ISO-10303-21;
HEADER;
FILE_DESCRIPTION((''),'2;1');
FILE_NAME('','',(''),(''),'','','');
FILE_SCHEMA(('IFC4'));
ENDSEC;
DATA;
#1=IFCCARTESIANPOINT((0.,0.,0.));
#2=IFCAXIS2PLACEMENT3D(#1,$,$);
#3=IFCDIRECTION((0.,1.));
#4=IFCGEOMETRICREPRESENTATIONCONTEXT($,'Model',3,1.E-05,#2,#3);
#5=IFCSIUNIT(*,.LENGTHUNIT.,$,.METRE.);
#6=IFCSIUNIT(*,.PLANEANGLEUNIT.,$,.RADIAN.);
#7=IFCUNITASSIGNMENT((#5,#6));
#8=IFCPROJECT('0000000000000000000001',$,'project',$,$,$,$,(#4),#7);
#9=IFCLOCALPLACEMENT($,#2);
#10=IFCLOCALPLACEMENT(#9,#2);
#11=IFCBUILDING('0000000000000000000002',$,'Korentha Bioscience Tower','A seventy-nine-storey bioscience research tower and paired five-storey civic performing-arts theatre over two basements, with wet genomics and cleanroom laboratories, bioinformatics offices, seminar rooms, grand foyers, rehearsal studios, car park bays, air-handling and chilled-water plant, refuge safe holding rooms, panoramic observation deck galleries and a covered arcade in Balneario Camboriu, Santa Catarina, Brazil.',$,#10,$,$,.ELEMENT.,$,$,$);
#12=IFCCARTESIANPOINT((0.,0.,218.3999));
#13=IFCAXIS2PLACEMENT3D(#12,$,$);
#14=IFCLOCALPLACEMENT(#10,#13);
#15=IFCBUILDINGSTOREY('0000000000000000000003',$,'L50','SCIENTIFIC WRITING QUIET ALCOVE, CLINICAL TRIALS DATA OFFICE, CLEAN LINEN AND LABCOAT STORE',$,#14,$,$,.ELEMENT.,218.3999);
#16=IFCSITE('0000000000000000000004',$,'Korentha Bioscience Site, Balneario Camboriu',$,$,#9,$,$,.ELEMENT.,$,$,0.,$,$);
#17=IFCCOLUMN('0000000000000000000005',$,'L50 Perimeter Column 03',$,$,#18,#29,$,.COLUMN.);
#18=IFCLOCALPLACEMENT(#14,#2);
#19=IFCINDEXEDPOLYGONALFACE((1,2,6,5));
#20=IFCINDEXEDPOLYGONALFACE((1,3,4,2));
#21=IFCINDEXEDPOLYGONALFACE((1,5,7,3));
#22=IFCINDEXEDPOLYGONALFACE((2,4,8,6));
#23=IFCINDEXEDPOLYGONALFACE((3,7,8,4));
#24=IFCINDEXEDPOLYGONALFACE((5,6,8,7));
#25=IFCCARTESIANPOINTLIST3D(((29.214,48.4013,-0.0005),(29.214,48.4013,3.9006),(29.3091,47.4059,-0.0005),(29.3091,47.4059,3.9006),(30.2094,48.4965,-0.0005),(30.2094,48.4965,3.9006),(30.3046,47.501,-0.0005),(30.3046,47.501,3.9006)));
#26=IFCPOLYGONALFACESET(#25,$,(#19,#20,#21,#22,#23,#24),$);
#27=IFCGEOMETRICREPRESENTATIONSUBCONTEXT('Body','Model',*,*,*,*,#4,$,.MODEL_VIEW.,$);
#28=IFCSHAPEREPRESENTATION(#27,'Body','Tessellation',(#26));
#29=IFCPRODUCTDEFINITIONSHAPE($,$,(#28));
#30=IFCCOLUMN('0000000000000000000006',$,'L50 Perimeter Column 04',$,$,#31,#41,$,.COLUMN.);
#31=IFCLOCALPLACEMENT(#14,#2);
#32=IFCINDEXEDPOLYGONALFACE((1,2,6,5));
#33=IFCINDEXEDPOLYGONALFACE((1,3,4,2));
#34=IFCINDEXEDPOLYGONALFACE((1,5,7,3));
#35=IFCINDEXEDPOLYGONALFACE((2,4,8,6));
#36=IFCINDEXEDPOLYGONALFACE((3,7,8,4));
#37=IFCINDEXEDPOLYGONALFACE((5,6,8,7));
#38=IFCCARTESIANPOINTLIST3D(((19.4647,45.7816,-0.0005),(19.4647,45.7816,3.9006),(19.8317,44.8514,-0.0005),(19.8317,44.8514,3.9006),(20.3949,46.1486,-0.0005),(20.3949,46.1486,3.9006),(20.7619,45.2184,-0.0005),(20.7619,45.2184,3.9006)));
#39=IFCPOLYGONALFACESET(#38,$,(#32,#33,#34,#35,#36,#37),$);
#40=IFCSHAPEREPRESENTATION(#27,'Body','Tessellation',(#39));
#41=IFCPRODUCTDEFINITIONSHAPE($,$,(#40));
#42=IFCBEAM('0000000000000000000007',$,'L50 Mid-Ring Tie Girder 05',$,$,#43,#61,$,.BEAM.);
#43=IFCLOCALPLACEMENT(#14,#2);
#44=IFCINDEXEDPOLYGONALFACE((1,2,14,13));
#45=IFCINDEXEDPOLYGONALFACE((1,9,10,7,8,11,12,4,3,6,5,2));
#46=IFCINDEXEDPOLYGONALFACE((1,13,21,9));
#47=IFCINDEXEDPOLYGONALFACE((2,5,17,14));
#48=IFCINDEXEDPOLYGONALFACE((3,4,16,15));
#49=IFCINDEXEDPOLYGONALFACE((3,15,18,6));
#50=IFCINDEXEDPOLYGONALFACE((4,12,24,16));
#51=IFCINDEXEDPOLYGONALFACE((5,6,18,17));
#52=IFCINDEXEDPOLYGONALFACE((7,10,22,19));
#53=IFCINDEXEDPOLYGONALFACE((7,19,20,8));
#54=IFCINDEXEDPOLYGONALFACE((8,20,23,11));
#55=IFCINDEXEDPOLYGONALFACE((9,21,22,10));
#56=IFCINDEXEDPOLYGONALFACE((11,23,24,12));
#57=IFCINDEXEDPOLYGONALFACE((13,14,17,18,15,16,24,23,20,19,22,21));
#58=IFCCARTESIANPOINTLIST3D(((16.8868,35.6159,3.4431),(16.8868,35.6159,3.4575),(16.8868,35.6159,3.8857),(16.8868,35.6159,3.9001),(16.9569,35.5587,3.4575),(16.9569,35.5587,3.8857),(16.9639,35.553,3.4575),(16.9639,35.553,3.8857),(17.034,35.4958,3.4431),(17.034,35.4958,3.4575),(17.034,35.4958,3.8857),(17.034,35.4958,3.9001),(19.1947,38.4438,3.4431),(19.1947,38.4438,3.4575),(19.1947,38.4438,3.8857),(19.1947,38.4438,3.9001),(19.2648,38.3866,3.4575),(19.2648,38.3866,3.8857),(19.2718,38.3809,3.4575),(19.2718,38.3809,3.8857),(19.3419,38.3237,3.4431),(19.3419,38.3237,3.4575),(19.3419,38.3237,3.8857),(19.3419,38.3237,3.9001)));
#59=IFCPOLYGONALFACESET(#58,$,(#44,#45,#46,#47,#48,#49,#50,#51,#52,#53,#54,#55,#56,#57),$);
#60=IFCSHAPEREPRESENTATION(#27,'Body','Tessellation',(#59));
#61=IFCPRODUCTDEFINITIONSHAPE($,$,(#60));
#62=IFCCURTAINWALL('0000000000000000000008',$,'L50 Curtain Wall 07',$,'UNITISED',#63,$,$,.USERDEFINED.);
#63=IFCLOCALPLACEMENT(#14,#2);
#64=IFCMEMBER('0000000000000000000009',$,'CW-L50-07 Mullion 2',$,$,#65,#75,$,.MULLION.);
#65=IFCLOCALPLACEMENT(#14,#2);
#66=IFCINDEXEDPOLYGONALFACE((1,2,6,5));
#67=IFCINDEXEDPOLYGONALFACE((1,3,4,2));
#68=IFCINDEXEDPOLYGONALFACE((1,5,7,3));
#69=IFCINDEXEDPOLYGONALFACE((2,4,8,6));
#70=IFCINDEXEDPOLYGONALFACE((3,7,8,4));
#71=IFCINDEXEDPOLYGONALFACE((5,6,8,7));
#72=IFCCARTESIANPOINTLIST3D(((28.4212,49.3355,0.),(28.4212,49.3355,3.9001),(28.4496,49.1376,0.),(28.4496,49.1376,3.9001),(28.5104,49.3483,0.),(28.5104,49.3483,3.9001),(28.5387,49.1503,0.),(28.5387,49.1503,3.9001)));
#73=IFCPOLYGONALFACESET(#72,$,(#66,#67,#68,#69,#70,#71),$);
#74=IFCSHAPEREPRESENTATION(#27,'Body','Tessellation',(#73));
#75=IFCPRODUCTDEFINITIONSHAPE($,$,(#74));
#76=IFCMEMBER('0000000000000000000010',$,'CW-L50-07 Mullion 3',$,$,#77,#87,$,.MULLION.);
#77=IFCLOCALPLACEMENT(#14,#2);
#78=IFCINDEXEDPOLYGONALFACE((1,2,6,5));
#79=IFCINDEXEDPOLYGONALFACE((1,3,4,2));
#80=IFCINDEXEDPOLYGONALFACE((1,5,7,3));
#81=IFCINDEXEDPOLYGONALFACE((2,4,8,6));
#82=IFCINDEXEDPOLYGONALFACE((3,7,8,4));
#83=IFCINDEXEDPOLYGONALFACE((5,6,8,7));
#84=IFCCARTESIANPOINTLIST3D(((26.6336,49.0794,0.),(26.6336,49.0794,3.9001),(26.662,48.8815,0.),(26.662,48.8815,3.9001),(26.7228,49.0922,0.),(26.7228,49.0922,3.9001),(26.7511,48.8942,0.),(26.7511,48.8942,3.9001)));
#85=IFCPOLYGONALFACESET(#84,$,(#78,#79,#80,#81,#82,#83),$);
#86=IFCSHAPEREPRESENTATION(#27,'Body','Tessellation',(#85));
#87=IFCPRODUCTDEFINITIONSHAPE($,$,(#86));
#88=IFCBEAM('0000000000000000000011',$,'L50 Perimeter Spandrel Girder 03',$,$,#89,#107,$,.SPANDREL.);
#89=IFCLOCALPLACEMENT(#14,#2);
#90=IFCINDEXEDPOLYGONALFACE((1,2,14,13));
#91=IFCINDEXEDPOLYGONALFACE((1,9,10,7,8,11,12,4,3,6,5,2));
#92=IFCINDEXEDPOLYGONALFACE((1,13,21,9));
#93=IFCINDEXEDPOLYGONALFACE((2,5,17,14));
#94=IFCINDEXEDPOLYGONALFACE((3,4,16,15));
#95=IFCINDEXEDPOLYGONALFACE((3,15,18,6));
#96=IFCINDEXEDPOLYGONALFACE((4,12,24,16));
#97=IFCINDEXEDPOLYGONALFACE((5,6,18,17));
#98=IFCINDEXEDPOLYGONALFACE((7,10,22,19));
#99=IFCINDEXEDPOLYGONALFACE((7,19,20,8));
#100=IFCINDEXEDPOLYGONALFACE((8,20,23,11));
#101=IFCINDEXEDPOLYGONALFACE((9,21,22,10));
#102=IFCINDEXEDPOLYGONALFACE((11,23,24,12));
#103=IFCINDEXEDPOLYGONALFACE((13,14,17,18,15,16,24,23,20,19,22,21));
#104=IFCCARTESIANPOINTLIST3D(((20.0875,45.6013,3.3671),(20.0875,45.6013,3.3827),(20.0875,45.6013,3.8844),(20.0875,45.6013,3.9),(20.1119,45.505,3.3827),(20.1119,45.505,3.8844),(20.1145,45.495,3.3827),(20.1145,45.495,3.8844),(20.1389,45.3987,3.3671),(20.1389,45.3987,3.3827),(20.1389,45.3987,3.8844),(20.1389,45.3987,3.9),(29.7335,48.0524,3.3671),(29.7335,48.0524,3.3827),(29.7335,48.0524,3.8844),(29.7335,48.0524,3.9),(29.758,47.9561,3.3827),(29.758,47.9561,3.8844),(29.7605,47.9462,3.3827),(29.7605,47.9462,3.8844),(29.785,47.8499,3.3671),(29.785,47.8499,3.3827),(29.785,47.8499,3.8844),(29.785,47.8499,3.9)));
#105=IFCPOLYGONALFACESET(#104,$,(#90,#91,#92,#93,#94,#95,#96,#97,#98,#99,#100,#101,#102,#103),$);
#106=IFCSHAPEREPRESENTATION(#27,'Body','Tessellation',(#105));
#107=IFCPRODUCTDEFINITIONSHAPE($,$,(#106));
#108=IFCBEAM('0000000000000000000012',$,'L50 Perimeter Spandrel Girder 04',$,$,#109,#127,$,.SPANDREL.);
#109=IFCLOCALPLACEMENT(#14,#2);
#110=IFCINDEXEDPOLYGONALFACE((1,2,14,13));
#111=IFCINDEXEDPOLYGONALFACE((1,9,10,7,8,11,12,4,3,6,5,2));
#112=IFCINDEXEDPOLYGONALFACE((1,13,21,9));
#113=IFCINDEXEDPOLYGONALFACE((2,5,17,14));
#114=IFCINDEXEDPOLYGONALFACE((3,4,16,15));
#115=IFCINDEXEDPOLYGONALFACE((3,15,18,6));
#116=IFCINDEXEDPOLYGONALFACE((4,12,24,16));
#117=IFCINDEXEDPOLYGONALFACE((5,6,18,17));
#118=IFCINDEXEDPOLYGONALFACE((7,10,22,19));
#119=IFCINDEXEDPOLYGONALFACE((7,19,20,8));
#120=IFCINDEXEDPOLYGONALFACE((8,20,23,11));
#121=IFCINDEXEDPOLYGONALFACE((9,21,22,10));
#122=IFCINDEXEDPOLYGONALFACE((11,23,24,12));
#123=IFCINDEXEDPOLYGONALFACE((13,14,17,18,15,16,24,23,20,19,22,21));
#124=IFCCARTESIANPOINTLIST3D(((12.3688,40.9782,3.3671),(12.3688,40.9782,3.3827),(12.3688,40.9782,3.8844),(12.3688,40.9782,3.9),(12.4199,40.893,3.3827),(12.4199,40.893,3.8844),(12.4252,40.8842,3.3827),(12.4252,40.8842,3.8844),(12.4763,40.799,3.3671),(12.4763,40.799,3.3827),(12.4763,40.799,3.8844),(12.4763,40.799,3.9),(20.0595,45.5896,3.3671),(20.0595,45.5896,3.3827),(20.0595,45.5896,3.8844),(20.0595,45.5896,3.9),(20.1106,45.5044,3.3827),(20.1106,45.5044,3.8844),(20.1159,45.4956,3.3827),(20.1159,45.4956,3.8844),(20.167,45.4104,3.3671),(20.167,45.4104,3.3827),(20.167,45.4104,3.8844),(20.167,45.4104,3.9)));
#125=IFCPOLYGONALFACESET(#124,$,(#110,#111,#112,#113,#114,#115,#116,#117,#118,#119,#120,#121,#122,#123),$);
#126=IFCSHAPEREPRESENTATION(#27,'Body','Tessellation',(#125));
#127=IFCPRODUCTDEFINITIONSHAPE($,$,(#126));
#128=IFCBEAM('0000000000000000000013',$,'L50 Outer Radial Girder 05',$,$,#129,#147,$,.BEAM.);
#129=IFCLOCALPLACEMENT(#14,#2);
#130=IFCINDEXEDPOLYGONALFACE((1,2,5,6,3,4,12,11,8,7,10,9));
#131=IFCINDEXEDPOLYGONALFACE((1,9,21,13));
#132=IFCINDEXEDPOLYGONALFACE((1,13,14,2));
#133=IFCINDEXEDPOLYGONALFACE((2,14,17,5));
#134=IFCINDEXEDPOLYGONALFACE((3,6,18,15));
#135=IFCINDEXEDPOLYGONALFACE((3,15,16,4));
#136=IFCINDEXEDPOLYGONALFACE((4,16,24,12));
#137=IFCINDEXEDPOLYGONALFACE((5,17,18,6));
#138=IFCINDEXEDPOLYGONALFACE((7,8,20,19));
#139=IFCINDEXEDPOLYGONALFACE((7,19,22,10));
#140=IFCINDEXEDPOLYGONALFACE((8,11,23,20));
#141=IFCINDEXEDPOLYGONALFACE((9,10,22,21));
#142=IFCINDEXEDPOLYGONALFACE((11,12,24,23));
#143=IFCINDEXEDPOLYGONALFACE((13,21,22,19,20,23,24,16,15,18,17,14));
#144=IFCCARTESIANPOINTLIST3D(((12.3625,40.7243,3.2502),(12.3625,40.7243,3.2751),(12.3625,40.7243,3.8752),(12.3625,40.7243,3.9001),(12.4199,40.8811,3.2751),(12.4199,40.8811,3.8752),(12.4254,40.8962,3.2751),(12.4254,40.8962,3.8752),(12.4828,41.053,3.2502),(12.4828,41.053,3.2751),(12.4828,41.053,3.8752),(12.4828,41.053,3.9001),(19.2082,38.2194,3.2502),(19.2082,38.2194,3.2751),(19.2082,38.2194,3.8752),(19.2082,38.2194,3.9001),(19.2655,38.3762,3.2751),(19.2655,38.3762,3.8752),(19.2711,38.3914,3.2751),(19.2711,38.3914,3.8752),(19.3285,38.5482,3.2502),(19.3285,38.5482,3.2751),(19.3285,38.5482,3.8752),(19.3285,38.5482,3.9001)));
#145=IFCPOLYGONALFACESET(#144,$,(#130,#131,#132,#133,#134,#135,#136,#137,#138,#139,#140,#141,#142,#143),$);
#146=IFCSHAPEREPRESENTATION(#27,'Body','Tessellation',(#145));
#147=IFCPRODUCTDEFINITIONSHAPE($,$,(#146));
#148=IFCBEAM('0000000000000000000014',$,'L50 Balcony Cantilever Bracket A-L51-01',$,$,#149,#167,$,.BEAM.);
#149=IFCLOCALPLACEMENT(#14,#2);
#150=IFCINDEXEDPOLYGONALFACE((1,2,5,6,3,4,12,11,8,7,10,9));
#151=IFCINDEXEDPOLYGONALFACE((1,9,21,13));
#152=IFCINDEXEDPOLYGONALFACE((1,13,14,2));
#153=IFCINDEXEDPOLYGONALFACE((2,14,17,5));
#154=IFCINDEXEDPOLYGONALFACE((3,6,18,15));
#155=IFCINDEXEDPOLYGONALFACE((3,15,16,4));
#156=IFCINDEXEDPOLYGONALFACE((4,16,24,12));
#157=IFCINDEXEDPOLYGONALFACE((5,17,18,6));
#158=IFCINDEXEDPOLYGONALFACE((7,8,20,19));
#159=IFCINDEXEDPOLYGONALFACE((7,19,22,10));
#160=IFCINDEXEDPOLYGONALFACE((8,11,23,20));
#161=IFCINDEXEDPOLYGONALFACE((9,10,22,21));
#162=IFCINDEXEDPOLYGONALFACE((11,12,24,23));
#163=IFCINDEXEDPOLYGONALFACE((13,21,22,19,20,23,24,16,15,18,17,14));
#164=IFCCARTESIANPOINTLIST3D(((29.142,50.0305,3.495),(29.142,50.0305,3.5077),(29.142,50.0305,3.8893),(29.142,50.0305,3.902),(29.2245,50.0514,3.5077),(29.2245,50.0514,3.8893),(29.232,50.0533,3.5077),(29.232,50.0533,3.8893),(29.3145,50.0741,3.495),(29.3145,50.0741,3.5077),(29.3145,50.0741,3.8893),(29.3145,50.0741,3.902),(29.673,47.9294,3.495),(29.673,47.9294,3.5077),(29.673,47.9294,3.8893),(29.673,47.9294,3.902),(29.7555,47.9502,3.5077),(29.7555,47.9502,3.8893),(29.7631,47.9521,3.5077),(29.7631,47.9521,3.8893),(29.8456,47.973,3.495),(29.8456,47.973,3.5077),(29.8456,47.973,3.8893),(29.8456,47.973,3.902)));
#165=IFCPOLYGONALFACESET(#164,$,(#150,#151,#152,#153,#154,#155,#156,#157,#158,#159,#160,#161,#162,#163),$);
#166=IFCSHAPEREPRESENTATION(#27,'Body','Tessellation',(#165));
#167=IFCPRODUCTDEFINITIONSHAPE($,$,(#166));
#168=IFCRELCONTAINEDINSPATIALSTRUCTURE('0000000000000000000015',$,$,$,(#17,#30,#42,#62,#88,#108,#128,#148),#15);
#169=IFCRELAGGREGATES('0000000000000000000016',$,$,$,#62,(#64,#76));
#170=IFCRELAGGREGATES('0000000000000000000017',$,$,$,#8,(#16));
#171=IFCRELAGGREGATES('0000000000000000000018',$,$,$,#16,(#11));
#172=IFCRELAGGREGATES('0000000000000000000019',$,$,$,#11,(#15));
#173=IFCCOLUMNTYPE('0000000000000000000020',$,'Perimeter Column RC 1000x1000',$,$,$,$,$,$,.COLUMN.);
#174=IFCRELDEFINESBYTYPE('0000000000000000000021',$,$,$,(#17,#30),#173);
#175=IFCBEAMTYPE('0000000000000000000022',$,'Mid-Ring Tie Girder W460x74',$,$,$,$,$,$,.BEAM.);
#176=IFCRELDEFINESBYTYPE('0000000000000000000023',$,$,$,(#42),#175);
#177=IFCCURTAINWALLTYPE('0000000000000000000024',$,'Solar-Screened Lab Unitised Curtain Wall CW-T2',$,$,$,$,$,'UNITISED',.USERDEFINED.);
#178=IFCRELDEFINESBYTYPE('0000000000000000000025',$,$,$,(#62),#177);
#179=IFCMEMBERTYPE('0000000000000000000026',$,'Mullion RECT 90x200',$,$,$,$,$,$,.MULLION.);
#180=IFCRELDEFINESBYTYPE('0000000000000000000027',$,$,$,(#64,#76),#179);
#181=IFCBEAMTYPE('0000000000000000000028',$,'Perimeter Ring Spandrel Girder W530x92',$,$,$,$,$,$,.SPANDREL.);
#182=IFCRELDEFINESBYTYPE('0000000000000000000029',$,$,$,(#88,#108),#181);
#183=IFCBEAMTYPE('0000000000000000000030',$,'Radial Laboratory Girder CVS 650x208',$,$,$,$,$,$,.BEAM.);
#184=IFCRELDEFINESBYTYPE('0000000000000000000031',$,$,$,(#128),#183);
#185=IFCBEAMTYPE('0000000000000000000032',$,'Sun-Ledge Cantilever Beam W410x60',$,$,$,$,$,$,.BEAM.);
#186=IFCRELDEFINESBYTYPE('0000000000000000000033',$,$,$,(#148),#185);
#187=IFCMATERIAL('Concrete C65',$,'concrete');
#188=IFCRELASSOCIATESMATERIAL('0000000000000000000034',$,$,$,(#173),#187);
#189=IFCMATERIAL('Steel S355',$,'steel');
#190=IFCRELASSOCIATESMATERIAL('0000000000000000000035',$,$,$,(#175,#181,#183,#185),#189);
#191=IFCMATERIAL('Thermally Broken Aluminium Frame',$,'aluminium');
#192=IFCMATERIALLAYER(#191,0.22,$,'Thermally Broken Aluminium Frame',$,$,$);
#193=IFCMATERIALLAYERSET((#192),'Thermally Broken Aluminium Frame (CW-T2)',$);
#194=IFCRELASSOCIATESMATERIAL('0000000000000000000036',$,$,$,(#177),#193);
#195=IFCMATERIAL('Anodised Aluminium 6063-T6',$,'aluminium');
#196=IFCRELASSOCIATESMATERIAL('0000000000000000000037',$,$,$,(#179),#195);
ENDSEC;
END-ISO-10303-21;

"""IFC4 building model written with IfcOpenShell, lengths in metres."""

from ifc_helpers import new_model, si_unit, direction, frame, origin, origin_2d, place, context, subcontext, project, spatial, rectangle, i_section, extrude, material, layer, layer_set, material_profile, profile_set, type_object, element, aggregate, save


model = new_model("IFC4")

# Units and contexts
model_context = context("Model", 3, precision=1e-05, world=origin(), true_north=direction((0.0, 1.0)))
body_context = subcontext(model_context, "Body", "Model", "MODEL_VIEW")
ifc_project = project(units=[si_unit("LENGTHUNIT", "METRE"), si_unit("PLANEANGLEUNIT", "RADIAN")], contexts=[model_context])

# Site, building, storey
site_placement = place(None, origin())
site = spatial("IfcSite", under=ifc_project, at=site_placement, Name="Korentha Bioscience Site, Balneario Camboriu", CompositionType="ELEMENT", RefElevation=0.0)
building_placement = place(site_placement, origin())
building = spatial("IfcBuilding", under=site, at=building_placement, Name="Korentha Bioscience Tower", Description="A seventy-nine-storey bioscience research tower and paired five-storey civic performing-arts theatre over two basements, with wet genomics and cleanroom laboratories, bioinformatics offices, seminar rooms, grand foyers, rehearsal studios, car park bays, air-handling and chilled-water plant, refuge safe holding rooms, panoramic observation deck galleries and a covered arcade in Balneario Camboriu, Santa Catarina, Brazil.", CompositionType="ELEMENT")
storey_placement = place(building_placement, frame((0.0, 0.0, 218.3999)))
storey = spatial("IfcBuildingStorey", under=building, at=storey_placement, Name="L50", Description="SCIENTIFIC WRITING QUIET ALCOVE, CLINICAL TRIALS DATA OFFICE, CLEAN LINEN AND LABCOAT STORE", CompositionType="ELEMENT", Elevation=218.3999)

# Columns
ifc_material_1 = material(Name="Concrete C65", Category="concrete")
ifc_material_profile_1 = material_profile(ifc_material_1, rectangle(XDim=1.0, YDim=1.0, at=origin_2d()), Name="Concrete C65")
ifc_profile_set_1 = profile_set([ifc_material_profile_1], Name="Concrete C65 (COL-P10)")
column_type = type_object("IfcColumnType", Name="Perimeter Column RC 1000x1000", PredefinedType="COLUMN", material=ifc_profile_set_1)
for number, where, z_axis, x_axis, name in (
    (1, (29.7593, 47.9512, -0.0005), (0.0, 0.0, 1.0), (0.995463, 0.095151, 0.0), "L50 Perimeter Column 03"),
    (2, (20.1133, 45.5, -0.0005), (0.0, 0.0, 1.0), (0.930226, 0.366988, 0.0), "L50 Perimeter Column 04"),
):
    element("IfcColumn", number, at=place(storey_placement, frame(where, z_axis=z_axis, x_axis=x_axis)), inside=storey, type_object=column_type, Name=name, PredefinedType="COLUMN", context=body_context, shape_type="SweptSolid", body=[
        extrude(rectangle(XDim=1.0, YDim=1.0, at=origin_2d()), origin(), (0.0, 0.0, 1.0), 3.9011),
    ])

# Beam
ifc_material_2 = material(Name="Steel S355", Category="steel")
ifc_material_profile_2 = material_profile(ifc_material_2, i_section(OverallWidth=0.1899, OverallDepth=0.457, WebThickness=0.009, FlangeThickness=0.0144, at=origin_2d()), Name="Steel S355")
ifc_profile_set_2 = profile_set([ifc_material_profile_2], Name="Steel S355 (MB-460)")
beam_type_1 = type_object("IfcBeamType", Name="Mid-Ring Tie Girder W460x74", PredefinedType="BEAM", material=ifc_profile_set_2)
beam_1_placement = place(storey_placement, frame((19.2683, 38.3838, 3.6716), z_axis=(-0.632276, -0.774743, 0.0), x_axis=(0.774743, -0.632276, 0.0)))
element("IfcBeam", 3, at=beam_1_placement, inside=storey, type_object=beam_type_1, Name="L50 Mid-Ring Tie Girder 05", PredefinedType="BEAM", context=body_context, shape_type="SweptSolid", body=[
    extrude(i_section(OverallWidth=0.1899, OverallDepth=0.457, WebThickness=0.009, FlangeThickness=0.0144, at=origin_2d()), origin(), (0.0, 0.0, 1.0), 3.6501),
])

# Curtain wall, members
ifc_material_3 = material(Name="Thermally Broken Aluminium Frame", Category="aluminium")
ifc_layer_1 = layer(ifc_material_3, 0.22, Name="Thermally Broken Aluminium Frame")
ifc_layer_set_1 = layer_set([ifc_layer_1], Name="Thermally Broken Aluminium Frame (CW-T2)")
curtain_wall_type = type_object("IfcCurtainWallType", Name="Solar-Screened Lab Unitised Curtain Wall CW-T2", ElementType="UNITISED", PredefinedType="USERDEFINED", material=ifc_layer_set_1)
curtain_wall_placement = place(storey_placement, origin())
curtain_wall = element("IfcCurtainWall", 4, at=curtain_wall_placement, inside=storey, type_object=curtain_wall_type, Name="L50 Curtain Wall 07", ObjectType="UNITISED", PredefinedType="USERDEFINED")
ifc_material_4 = material(Name="Anodised Aluminium 6063-T6", Category="aluminium")
ifc_material_profile_3 = material_profile(ifc_material_4, rectangle(XDim=0.0901, YDim=0.2, at=origin_2d()), Name="Anodised Aluminium 6063-T6")
ifc_profile_set_3 = profile_set([ifc_material_profile_3], Name="Anodised Aluminium 6063-T6 (CW-MUL)")
member_type_1 = type_object("IfcMemberType", Name="Mullion RECT 90x200", PredefinedType="MULLION", material=ifc_profile_set_3)
member_1_placement = place(storey_placement, frame((28.48, 49.2429, 0.0), z_axis=(0.0, 0.0, 1.0), x_axis=(-0.989902, -0.141754, 0.0)))
member_1 = element("IfcMember", 5, at=member_1_placement, type_object=member_type_1, Name="CW-L50-07 Mullion 2", PredefinedType="MULLION", context=body_context, shape_type="SweptSolid", body=[
    extrude(rectangle(XDim=0.0901, YDim=0.2, at=origin_2d()), origin(), (0.0, 0.0, 1.0), 3.9001),
])
member_2_placement = place(storey_placement, frame((26.6924, 48.9868, 0.0), z_axis=(0.0, 0.0, 1.0), x_axis=(-0.989902, -0.141754, 0.0)))
member_2 = element("IfcMember", 6, at=member_2_placement, type_object=member_type_1, Name="CW-L50-07 Mullion 3", PredefinedType="MULLION", context=body_context, shape_type="SweptSolid", body=[
    extrude(rectangle(XDim=0.0901, YDim=0.2, at=origin_2d()), origin(), (0.0, 0.0, 1.0), 3.9001),
])

# Beams
ifc_material_profile_4 = material_profile(ifc_material_2, i_section(OverallWidth=0.209, OverallDepth=0.533, WebThickness=0.0103, FlangeThickness=0.0156, at=origin_2d()), Name="Steel S355")
ifc_profile_set_4 = profile_set([ifc_material_profile_4], Name="Steel S355 (SB-530)")
beam_type_2 = type_object("IfcBeamType", Name="Perimeter Ring Spandrel Girder W530x92", PredefinedType="SPANDREL", material=ifc_profile_set_4)
beam_2_placement = place(storey_placement, frame((29.7593, 47.9512, 3.6335), z_axis=(-0.969197, -0.246286, 0.0), x_axis=(0.246286, -0.969197, 0.0)))
element("IfcBeam", 7, at=beam_2_placement, inside=storey, type_object=beam_type_2, Name="L50 Perimeter Spandrel Girder 03", PredefinedType="SPANDREL", context=body_context, shape_type="SweptSolid", body=[
    extrude(i_section(OverallWidth=0.209, OverallDepth=0.533, WebThickness=0.0103, FlangeThickness=0.0156, at=origin_2d()), origin(), (0.0, 0.0, 1.0), 9.9526),
])
beam_3_placement = place(storey_placement, frame((20.1133, 45.5, 3.6335), z_axis=(-0.857644, -0.514243, 0.0), x_axis=(0.514243, -0.857644, 0.0)))
element("IfcBeam", 8, at=beam_3_placement, inside=storey, type_object=beam_type_2, Name="L50 Perimeter Spandrel Girder 04", PredefinedType="SPANDREL", context=body_context, shape_type="SweptSolid", body=[
    extrude(i_section(OverallWidth=0.209, OverallDepth=0.533, WebThickness=0.0103, FlangeThickness=0.0156, at=origin_2d()), origin(), (0.0, 0.0, 1.0), 8.9673),
])
ifc_material_profile_5 = material_profile(ifc_material_2, i_section(OverallWidth=0.3501, OverallDepth=0.6499, WebThickness=0.0161, FlangeThickness=0.0249, at=origin_2d()), Name="Steel S355")
ifc_profile_set_5 = profile_set([ifc_material_profile_5], Name="Steel S355 (RB-650)")
beam_type_3 = type_object("IfcBeamType", Name="Radial Laboratory Girder CVS 650x208", PredefinedType="BEAM", material=ifc_profile_set_5)
beam_4_placement = place(storey_placement, frame((19.2683, 38.3838, 3.5752), z_axis=(-0.939107, 0.343625, 0.0), x_axis=(-0.343625, -0.939107, 0.0)))
element("IfcBeam", 9, at=beam_4_placement, inside=storey, type_object=beam_type_3, Name="L50 Outer Radial Girder 05", PredefinedType="BEAM", context=body_context, shape_type="SweptSolid", body=[
    extrude(i_section(OverallWidth=0.3501, OverallDepth=0.6499, WebThickness=0.0161, FlangeThickness=0.0249, at=origin_2d()), origin(), (0.0, 0.0, 1.0), 7.2896),
])
ifc_material_profile_6 = material_profile(ifc_material_2, i_section(OverallWidth=0.178, OverallDepth=0.407, WebThickness=0.0078, FlangeThickness=0.0127, at=origin_2d()), Name="Steel S355")
ifc_profile_set_6 = profile_set([ifc_material_profile_6], Name="Steel S355 (CB-410)")
beam_type_4 = type_object("IfcBeamType", Name="Sun-Ledge Cantilever Beam W410x60", PredefinedType="BEAM", material=ifc_profile_set_6)
beam_5_placement = place(storey_placement, frame((29.7593, 47.9512, 3.6985), z_axis=(-0.245027, 0.969516, 0.0), x_axis=(-0.969516, -0.245027, 0.0)))
element("IfcBeam", 10, at=beam_5_placement, inside=storey, type_object=beam_type_4, Name="L50 Balcony Cantilever Bracket A-L51-01", PredefinedType="BEAM", context=body_context, shape_type="SweptSolid", body=[
    extrude(i_section(OverallWidth=0.178, OverallDepth=0.407, WebThickness=0.0078, FlangeThickness=0.0127, at=origin_2d()), origin(), (0.0, 0.0, 1.0), 2.1672),
])

aggregate(curtain_wall, [member_1, member_2])

save(model, "model.ifc")
